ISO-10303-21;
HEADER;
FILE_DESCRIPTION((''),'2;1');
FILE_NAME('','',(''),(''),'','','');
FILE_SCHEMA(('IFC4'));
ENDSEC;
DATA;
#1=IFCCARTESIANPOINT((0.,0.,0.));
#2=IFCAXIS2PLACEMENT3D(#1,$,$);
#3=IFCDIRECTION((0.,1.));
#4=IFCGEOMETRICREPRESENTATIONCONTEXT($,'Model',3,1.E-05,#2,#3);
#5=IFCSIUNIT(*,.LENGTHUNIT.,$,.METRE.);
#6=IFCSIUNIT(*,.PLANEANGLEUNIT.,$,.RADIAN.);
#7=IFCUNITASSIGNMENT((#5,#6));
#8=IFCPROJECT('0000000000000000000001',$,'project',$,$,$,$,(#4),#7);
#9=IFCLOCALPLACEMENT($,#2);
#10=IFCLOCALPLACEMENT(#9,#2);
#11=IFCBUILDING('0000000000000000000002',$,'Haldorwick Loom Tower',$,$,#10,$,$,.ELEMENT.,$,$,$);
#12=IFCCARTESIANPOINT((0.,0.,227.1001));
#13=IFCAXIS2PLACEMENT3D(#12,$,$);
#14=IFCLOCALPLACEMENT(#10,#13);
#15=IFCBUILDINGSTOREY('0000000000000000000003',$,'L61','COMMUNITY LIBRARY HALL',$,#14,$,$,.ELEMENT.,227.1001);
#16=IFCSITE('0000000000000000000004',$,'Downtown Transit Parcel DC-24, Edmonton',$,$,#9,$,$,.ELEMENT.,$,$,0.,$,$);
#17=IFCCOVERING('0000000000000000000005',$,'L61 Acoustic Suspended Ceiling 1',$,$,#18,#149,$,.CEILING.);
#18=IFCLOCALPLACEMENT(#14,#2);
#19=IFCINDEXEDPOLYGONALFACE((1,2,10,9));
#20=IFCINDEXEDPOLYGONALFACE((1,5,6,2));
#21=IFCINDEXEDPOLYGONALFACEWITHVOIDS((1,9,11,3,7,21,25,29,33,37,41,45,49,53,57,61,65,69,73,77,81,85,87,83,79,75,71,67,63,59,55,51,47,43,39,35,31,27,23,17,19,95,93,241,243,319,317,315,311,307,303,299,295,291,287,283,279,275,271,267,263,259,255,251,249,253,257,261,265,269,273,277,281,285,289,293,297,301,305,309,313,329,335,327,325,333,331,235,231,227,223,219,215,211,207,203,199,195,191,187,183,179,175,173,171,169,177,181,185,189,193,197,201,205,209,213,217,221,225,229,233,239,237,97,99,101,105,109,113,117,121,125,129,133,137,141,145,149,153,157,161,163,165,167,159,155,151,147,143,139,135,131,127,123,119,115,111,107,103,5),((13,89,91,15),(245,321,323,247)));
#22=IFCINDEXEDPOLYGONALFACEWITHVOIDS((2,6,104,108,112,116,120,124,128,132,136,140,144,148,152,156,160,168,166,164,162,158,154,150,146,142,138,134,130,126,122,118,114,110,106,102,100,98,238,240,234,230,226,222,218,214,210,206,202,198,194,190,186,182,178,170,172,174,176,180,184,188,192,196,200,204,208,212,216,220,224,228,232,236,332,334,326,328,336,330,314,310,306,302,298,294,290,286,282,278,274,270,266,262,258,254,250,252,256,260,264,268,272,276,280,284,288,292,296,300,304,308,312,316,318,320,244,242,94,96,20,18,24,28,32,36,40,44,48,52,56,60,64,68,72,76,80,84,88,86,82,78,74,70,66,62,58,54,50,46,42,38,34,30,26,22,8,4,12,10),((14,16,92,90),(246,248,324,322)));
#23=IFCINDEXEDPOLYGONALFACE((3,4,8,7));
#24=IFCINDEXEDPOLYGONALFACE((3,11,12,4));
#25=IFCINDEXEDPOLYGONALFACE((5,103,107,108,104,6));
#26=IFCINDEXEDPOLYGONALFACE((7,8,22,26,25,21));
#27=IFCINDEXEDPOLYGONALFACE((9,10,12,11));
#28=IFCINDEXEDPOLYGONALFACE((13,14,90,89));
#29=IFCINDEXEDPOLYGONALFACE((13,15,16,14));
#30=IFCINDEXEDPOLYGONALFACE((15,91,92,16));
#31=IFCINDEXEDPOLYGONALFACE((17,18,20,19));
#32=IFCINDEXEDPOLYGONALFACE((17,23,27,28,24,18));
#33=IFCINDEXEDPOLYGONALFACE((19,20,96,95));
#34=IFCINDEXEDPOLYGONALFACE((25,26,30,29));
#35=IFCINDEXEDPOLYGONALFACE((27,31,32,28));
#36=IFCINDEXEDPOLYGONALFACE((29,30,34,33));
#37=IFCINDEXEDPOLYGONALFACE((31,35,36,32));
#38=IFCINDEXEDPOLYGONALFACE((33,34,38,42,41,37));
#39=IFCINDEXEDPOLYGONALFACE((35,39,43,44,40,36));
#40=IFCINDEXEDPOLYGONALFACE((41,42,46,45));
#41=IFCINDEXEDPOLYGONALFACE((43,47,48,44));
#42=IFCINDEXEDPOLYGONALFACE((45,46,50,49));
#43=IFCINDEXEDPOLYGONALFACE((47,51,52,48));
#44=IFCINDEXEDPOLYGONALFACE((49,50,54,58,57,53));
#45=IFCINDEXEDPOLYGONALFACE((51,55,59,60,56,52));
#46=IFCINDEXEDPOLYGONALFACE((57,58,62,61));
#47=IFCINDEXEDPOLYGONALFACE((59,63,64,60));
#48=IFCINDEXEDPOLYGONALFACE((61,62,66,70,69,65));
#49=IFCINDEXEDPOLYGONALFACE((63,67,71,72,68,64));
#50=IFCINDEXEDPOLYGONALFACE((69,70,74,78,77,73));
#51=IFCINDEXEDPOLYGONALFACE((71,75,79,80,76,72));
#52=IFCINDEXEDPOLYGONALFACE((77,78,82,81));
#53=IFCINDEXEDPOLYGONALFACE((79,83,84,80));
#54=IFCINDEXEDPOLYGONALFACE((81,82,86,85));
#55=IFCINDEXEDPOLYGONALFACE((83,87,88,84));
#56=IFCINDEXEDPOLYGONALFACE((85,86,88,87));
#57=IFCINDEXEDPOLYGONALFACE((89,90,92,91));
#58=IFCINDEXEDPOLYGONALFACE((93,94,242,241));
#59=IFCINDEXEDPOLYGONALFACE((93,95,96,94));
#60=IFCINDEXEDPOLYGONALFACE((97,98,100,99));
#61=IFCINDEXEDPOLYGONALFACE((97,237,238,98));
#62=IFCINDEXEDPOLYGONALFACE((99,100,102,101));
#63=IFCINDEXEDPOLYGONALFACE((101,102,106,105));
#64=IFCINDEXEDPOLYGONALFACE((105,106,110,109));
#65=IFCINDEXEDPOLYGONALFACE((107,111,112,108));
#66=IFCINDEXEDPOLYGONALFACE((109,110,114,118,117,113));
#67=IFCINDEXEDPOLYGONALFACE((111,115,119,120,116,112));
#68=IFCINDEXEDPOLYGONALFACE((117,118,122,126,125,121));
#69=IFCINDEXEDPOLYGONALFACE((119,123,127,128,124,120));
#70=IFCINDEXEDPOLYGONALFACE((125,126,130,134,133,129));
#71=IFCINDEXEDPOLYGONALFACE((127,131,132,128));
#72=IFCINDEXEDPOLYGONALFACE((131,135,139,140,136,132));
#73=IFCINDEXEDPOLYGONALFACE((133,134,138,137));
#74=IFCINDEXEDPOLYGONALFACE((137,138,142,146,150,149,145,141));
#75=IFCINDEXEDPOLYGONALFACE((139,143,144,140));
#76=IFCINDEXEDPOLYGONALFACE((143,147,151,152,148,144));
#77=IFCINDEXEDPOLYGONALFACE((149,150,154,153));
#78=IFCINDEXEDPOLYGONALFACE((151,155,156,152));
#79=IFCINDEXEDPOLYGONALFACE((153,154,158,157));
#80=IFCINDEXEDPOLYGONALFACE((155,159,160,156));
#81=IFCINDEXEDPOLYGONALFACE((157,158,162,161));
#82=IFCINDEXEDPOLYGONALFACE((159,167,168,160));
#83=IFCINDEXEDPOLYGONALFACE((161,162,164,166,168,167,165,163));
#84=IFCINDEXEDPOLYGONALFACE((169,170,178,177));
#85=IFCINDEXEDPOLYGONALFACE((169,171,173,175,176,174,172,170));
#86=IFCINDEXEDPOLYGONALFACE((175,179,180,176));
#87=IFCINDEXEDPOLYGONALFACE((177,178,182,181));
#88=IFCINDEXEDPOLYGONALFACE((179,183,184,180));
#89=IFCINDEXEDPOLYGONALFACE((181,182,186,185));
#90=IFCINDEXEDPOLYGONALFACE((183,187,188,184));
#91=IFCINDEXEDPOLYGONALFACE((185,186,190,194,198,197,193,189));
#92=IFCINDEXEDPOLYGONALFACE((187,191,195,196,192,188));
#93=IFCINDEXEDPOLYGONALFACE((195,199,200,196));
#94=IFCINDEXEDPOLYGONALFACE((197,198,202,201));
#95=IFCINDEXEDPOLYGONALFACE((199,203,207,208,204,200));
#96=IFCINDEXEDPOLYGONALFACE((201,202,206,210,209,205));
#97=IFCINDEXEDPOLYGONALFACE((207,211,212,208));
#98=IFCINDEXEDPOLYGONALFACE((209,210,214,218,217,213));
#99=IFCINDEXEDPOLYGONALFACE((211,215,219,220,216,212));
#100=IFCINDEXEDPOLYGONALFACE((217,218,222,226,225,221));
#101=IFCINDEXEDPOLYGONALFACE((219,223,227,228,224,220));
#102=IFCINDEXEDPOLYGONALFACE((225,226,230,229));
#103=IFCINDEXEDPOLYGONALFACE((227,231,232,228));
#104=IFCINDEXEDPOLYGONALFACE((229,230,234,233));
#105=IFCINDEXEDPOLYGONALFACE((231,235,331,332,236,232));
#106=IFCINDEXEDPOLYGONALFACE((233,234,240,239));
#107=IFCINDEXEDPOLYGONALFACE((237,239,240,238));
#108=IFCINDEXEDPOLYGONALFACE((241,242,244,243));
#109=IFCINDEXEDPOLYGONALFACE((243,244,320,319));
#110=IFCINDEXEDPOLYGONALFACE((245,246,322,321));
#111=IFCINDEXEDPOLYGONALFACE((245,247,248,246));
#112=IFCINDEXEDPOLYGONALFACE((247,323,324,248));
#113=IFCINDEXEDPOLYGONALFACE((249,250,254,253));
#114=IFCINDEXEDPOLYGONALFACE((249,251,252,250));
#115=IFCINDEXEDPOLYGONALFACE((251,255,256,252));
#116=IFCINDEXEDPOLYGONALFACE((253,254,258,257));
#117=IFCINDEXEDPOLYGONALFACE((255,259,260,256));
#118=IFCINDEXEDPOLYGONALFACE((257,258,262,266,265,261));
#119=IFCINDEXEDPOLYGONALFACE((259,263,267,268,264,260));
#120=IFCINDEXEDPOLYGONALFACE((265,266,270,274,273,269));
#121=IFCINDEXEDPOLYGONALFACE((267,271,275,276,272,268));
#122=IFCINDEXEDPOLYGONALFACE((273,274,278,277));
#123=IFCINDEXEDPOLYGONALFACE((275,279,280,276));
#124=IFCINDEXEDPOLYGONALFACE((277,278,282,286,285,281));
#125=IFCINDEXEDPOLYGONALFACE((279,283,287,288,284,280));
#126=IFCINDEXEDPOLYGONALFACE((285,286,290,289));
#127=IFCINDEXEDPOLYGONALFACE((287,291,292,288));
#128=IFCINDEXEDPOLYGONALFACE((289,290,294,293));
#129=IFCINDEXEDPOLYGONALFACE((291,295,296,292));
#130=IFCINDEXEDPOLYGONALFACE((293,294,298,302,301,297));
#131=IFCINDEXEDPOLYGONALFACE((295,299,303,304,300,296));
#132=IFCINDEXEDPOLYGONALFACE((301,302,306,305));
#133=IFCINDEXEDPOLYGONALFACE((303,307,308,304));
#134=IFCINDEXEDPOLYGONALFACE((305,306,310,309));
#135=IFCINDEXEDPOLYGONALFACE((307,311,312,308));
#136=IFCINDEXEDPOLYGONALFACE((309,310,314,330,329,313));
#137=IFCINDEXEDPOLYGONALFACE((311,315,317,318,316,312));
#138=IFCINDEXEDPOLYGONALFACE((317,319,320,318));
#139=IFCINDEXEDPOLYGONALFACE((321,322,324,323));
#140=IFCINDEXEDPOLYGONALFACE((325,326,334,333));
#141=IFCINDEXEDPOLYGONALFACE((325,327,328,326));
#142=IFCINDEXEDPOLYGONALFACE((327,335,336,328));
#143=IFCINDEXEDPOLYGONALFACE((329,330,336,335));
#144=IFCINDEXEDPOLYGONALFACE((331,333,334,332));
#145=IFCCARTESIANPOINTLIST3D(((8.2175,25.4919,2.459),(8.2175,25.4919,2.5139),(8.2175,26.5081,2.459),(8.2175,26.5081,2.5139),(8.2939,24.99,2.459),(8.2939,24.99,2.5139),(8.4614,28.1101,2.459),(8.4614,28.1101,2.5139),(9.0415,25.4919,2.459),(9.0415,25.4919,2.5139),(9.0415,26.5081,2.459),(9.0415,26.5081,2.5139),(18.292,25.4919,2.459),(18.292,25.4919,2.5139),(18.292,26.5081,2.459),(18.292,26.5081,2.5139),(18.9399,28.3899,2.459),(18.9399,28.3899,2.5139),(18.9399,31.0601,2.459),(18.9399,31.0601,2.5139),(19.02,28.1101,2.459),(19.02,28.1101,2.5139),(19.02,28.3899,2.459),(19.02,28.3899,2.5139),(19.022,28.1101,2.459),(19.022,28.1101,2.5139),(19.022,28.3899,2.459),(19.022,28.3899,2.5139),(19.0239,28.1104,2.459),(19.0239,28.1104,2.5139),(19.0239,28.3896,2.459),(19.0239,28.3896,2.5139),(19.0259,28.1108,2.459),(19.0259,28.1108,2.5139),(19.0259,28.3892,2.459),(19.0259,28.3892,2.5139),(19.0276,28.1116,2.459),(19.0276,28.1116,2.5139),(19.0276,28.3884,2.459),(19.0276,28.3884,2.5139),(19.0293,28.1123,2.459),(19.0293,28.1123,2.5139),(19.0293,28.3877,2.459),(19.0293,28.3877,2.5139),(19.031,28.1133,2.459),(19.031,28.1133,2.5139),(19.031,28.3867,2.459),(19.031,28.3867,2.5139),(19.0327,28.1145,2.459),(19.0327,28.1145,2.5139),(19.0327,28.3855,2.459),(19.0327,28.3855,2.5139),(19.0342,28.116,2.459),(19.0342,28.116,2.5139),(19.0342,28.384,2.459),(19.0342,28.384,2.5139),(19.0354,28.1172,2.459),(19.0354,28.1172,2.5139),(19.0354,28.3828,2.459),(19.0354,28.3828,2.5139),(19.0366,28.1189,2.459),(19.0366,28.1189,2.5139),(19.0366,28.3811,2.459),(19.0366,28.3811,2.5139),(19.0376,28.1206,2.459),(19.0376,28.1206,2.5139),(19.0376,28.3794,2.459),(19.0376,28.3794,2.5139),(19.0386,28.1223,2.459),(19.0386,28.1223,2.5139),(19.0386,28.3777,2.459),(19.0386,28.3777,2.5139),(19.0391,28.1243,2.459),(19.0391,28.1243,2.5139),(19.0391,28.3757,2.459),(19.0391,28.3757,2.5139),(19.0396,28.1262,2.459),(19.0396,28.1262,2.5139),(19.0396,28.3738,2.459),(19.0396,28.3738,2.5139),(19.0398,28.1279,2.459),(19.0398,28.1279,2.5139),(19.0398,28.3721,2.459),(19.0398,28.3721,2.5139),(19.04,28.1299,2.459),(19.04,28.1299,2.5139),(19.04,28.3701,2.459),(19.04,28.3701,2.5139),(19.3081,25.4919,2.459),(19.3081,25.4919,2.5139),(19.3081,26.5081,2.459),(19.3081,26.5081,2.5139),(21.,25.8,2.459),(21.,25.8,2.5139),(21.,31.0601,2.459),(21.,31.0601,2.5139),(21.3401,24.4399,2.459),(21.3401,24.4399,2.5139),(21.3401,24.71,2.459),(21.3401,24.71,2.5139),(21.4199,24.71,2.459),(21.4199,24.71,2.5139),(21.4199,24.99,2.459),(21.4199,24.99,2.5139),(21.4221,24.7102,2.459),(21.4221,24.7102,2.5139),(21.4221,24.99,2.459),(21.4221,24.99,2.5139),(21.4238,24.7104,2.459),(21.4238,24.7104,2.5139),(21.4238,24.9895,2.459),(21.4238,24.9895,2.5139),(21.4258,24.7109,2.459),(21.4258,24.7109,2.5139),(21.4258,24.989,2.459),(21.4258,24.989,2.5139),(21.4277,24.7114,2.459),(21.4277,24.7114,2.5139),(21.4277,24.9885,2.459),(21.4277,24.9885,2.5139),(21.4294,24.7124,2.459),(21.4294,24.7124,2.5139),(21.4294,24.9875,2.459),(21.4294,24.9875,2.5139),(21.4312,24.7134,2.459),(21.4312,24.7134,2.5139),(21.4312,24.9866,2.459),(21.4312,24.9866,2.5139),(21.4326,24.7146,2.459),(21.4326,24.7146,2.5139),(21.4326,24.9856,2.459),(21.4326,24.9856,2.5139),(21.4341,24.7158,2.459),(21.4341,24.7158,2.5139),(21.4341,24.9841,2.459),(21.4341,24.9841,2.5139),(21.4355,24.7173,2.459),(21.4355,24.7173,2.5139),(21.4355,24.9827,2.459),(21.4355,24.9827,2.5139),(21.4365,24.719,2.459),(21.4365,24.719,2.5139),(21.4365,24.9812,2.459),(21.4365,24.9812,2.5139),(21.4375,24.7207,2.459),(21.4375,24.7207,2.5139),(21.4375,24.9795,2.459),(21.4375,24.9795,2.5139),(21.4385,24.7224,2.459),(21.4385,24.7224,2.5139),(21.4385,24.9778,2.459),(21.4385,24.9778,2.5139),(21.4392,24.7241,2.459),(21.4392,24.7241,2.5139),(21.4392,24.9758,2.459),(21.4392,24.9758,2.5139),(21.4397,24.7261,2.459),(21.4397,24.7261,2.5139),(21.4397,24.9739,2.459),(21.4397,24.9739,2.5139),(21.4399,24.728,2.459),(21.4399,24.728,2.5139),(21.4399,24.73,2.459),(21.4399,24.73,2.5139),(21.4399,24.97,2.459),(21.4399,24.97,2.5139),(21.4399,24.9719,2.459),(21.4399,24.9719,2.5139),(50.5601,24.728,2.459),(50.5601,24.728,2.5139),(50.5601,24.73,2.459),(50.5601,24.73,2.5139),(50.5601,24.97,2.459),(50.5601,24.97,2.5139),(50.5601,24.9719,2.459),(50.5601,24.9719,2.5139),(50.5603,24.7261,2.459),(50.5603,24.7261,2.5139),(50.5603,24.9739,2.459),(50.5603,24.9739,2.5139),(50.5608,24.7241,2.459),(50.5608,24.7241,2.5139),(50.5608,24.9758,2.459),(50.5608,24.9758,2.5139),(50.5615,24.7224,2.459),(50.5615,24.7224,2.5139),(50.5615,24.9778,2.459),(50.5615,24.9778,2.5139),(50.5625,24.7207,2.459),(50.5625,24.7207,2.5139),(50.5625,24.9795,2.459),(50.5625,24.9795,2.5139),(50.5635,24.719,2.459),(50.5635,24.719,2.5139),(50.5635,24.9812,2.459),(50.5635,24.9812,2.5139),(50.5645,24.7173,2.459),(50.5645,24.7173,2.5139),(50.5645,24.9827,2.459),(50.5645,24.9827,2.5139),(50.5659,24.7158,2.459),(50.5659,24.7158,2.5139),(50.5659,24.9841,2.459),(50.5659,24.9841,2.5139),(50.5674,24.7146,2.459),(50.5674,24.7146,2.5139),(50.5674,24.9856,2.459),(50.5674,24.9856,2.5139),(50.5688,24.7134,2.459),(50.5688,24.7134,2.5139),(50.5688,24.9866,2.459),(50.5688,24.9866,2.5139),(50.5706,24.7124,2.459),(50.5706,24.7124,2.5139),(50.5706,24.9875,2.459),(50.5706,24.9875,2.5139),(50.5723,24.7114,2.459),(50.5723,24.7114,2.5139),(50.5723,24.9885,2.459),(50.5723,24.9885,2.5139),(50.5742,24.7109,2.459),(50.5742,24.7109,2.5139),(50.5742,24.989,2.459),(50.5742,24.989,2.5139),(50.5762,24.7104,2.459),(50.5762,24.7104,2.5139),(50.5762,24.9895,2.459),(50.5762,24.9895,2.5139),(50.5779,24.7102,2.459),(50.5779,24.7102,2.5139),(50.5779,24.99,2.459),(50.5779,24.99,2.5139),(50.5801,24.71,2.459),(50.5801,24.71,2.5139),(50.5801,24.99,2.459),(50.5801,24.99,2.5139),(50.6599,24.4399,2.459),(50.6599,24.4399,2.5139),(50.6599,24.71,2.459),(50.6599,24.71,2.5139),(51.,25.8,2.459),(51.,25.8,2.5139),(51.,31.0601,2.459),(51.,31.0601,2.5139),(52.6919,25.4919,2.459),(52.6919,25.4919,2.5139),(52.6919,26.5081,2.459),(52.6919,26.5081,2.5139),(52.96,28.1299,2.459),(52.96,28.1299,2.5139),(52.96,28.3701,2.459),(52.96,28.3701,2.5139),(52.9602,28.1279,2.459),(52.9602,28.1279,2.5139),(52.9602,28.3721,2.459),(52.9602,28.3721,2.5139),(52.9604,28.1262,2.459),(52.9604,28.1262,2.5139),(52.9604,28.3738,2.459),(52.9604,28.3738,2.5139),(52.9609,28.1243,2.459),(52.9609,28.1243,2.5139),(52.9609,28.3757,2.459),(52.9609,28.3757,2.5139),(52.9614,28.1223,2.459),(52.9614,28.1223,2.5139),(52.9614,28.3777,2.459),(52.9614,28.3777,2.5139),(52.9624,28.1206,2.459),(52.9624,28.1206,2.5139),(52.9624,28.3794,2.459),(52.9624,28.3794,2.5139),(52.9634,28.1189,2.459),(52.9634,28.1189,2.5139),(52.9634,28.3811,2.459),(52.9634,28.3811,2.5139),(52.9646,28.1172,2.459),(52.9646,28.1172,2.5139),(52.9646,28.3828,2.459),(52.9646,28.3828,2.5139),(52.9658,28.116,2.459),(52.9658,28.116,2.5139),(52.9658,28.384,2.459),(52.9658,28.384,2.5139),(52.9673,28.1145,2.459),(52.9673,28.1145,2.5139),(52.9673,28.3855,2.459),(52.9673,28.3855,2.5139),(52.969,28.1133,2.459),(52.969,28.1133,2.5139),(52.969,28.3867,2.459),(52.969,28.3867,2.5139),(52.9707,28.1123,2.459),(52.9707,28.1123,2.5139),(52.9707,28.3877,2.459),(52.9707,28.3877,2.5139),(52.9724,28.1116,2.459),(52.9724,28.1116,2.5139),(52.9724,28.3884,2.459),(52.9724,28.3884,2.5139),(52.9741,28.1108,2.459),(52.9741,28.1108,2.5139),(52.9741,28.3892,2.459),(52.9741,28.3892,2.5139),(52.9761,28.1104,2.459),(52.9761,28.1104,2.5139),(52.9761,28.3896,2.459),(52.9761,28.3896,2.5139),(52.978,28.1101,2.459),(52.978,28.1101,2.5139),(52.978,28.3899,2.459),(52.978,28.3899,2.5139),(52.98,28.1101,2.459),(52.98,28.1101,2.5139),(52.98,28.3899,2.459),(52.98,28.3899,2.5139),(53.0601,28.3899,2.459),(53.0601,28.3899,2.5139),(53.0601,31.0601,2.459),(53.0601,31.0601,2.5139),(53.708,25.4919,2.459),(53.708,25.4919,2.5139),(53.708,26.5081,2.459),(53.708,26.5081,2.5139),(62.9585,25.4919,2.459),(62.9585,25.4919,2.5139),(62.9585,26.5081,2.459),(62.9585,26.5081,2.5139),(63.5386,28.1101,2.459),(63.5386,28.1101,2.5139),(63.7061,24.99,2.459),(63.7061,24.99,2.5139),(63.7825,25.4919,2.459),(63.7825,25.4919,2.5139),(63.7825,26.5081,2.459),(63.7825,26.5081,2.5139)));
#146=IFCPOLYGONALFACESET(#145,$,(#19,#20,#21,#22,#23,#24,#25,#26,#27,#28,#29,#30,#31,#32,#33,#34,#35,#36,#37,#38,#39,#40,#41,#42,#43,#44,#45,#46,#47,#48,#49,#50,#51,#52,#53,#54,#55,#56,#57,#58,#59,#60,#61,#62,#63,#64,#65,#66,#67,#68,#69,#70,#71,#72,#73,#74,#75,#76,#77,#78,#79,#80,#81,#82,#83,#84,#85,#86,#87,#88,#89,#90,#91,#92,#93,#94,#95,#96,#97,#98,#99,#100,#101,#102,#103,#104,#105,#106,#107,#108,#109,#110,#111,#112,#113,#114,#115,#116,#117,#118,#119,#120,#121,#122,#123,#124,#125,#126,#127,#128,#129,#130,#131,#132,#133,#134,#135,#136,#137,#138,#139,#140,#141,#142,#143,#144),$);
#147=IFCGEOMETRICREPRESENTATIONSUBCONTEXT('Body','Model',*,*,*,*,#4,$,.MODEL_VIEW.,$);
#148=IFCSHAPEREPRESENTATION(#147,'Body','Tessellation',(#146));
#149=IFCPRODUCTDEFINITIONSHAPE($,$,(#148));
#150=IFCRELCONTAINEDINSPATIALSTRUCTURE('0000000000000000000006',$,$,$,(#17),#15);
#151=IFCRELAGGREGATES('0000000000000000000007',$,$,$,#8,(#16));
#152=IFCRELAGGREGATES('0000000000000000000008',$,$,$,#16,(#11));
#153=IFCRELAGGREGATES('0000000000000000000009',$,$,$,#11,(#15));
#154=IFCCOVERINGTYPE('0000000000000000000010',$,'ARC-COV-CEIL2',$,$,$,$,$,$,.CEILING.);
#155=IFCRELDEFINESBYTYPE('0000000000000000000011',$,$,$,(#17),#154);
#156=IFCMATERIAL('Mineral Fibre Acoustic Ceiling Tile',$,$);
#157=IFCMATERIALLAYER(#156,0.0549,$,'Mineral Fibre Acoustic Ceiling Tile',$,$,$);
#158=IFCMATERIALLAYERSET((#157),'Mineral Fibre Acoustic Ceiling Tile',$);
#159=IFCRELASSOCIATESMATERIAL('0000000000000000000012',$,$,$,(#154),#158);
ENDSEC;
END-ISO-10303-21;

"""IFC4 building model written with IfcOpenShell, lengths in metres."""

from ifc_helpers import new_model, si_unit, direction, frame, origin, place, context, subcontext, project, spatial, polyline, outline, extrude, material, layer, layer_set, type_object, element, save


model = new_model("IFC4")

# Units and contexts
model_context = context("Model", 3, precision=1e-05, world=origin(), true_north=direction((0.0, 1.0)))
body_context = subcontext(model_context, "Body", "Model", "MODEL_VIEW")
ifc_project = project(units=[si_unit("LENGTHUNIT", "METRE"), si_unit("PLANEANGLEUNIT", "RADIAN")], contexts=[model_context])

# Site, building, storey
site_placement = place(None, origin())
site = spatial("IfcSite", under=ifc_project, at=site_placement, Name="Downtown Transit Parcel DC-24, Edmonton", CompositionType="ELEMENT", RefElevation=0.0)
building_placement = place(site_placement, origin())
building = spatial("IfcBuilding", under=site, at=building_placement, Name="Haldorwick Loom Tower", CompositionType="ELEMENT")
storey_placement = place(building_placement, frame((0.0, 0.0, 227.1001)))
storey = spatial("IfcBuildingStorey", under=building, at=storey_placement, Name="L61", Description="COMMUNITY LIBRARY HALL", CompositionType="ELEMENT", Elevation=227.1001)

# Covering
ifc_material_1 = material(Name="Mineral Fibre Acoustic Ceiling Tile")
ifc_layer_1 = layer(ifc_material_1, 0.0549, Name="Mineral Fibre Acoustic Ceiling Tile")
ifc_layer_set_1 = layer_set([ifc_layer_1], Name="Mineral Fibre Acoustic Ceiling Tile")
covering_type_1 = type_object("IfcCoveringType", Name="ARC-COV-CEIL2", PredefinedType="CEILING", material=ifc_layer_set_1)
covering_1_placement = place(storey_placement, frame((0.0, 0.0, 2.459)))
element("IfcCovering", 1, at=covering_1_placement, inside=storey, type_object=covering_type_1, Name="L61 Acoustic Suspended Ceiling 1", PredefinedType="CEILING", context=body_context, shape_type="SweptSolid", body=[
    extrude(outline(polyline([(8.2939, 24.99), (21.4199, 24.99), (21.4221, 24.99), (21.4238, 24.9895), (21.4258, 24.989), (21.4277, 24.9885), (21.4294, 24.9875), (21.4312, 24.9866), (21.4326, 24.9856), (21.4341, 24.9841), (21.4355, 24.9827), (21.4365, 24.9812), (21.4375, 24.9795), (21.4385, 24.9778), (21.4392, 24.9758), (21.4397, 24.9739), (21.4399, 24.9719), (21.4399, 24.97), (21.4399, 24.73), (21.4399, 24.728), (21.4397, 24.7261), (21.4392, 24.7241), (21.4385, 24.7224), (21.4375, 24.7207), (21.4365, 24.719), (21.4355, 24.7173), (21.4341, 24.7158), (21.4326, 24.7146), (21.4312, 24.7134), (21.4294, 24.7124), (21.4277, 24.7114), (21.4258, 24.7109), (21.4238, 24.7104), (21.4221, 24.7102), (21.4199, 24.71), (21.3401, 24.71), (21.3401, 24.4399), (50.6599, 24.4399), (50.6599, 24.71), (50.5801, 24.71), (50.5779, 24.7102), (50.5762, 24.7104), (50.5742, 24.7109), (50.5723, 24.7114), (50.5706, 24.7124), (50.5688, 24.7134), (50.5674, 24.7146), (50.5659, 24.7158), (50.5645, 24.7173), (50.5635, 24.719), (50.5625, 24.7207), (50.5615, 24.7224), (50.5608, 24.7241), (50.5603, 24.7261), (50.5601, 24.728), (50.5601, 24.73), (50.5601, 24.97), (50.5601, 24.9719), (50.5603, 24.9739), (50.5608, 24.9758), (50.5615, 24.9778), (50.5625, 24.9795), (50.5635, 24.9812), (50.5645, 24.9827), (50.5659, 24.9841), (50.5674, 24.9856), (50.5688, 24.9866), (50.5706, 24.9875), (50.5723, 24.9885), (50.5742, 24.989), (50.5762, 24.9895), (50.5779, 24.99), (50.5801, 24.99), (63.7061, 24.99), (63.7825, 25.4919), (62.9585, 25.4919), (62.9585, 26.5081), (63.7825, 26.5081), (63.5386, 28.1101), (52.98, 28.1101), (52.978, 28.1101), (52.9761, 28.1104), (52.9741, 28.1108), (52.9724, 28.1116), (52.9707, 28.1123), (52.969, 28.1133), (52.9673, 28.1145), (52.9658, 28.116), (52.9646, 28.1172), (52.9634, 28.1189), (52.9624, 28.1206), (52.9614, 28.1223), (52.9609, 28.1243), (52.9604, 28.1262), (52.9602, 28.1279), (52.96, 28.1299), (52.96, 28.3701), (52.9602, 28.3721), (52.9604, 28.3738), (52.9609, 28.3757), (52.9614, 28.3777), (52.9624, 28.3794), (52.9634, 28.3811), (52.9646, 28.3828), (52.9658, 28.384), (52.9673, 28.3855), (52.969, 28.3867), (52.9707, 28.3877), (52.9724, 28.3884), (52.9741, 28.3892), (52.9761, 28.3896), (52.978, 28.3899), (52.98, 28.3899), (53.0601, 28.3899), (53.0601, 31.0601), (51.0, 31.0601), (51.0, 25.8), (21.0, 25.8), (21.0, 31.0601), (18.9399, 31.0601), (18.9399, 28.3899), (19.02, 28.3899), (19.022, 28.3899), (19.0239, 28.3896), (19.0259, 28.3892), (19.0276, 28.3884), (19.0293, 28.3877), (19.031, 28.3867), (19.0327, 28.3855), (19.0342, 28.384), (19.0354, 28.3828), (19.0366, 28.3811), (19.0376, 28.3794), (19.0386, 28.3777), (19.0391, 28.3757), (19.0396, 28.3738), (19.0398, 28.3721), (19.04, 28.3701), (19.04, 28.1299), (19.0398, 28.1279), (19.0396, 28.1262), (19.0391, 28.1243), (19.0386, 28.1223), (19.0376, 28.1206), (19.0366, 28.1189), (19.0354, 28.1172), (19.0342, 28.116), (19.0327, 28.1145), (19.031, 28.1133), (19.0293, 28.1123), (19.0276, 28.1116), (19.0259, 28.1108), (19.0239, 28.1104), (19.022, 28.1101), (19.02, 28.1101), (8.4614, 28.1101), (8.2175, 26.5081), (9.0415, 26.5081), (9.0415, 25.4919), (8.2175, 25.4919), (8.2939, 24.99)]), holes=[polyline([(19.3081, 26.5081), (19.3081, 25.4919), (18.292, 25.4919), (18.292, 26.5081), (19.3081, 26.5081)]), polyline([(53.708, 26.5081), (53.708, 25.4919), (52.6919, 25.4919), (52.6919, 26.5081), (53.708, 26.5081)])]), origin(), (0.0, 0.0, 1.0), 0.0549),
])

save(model, "model.ifc")
